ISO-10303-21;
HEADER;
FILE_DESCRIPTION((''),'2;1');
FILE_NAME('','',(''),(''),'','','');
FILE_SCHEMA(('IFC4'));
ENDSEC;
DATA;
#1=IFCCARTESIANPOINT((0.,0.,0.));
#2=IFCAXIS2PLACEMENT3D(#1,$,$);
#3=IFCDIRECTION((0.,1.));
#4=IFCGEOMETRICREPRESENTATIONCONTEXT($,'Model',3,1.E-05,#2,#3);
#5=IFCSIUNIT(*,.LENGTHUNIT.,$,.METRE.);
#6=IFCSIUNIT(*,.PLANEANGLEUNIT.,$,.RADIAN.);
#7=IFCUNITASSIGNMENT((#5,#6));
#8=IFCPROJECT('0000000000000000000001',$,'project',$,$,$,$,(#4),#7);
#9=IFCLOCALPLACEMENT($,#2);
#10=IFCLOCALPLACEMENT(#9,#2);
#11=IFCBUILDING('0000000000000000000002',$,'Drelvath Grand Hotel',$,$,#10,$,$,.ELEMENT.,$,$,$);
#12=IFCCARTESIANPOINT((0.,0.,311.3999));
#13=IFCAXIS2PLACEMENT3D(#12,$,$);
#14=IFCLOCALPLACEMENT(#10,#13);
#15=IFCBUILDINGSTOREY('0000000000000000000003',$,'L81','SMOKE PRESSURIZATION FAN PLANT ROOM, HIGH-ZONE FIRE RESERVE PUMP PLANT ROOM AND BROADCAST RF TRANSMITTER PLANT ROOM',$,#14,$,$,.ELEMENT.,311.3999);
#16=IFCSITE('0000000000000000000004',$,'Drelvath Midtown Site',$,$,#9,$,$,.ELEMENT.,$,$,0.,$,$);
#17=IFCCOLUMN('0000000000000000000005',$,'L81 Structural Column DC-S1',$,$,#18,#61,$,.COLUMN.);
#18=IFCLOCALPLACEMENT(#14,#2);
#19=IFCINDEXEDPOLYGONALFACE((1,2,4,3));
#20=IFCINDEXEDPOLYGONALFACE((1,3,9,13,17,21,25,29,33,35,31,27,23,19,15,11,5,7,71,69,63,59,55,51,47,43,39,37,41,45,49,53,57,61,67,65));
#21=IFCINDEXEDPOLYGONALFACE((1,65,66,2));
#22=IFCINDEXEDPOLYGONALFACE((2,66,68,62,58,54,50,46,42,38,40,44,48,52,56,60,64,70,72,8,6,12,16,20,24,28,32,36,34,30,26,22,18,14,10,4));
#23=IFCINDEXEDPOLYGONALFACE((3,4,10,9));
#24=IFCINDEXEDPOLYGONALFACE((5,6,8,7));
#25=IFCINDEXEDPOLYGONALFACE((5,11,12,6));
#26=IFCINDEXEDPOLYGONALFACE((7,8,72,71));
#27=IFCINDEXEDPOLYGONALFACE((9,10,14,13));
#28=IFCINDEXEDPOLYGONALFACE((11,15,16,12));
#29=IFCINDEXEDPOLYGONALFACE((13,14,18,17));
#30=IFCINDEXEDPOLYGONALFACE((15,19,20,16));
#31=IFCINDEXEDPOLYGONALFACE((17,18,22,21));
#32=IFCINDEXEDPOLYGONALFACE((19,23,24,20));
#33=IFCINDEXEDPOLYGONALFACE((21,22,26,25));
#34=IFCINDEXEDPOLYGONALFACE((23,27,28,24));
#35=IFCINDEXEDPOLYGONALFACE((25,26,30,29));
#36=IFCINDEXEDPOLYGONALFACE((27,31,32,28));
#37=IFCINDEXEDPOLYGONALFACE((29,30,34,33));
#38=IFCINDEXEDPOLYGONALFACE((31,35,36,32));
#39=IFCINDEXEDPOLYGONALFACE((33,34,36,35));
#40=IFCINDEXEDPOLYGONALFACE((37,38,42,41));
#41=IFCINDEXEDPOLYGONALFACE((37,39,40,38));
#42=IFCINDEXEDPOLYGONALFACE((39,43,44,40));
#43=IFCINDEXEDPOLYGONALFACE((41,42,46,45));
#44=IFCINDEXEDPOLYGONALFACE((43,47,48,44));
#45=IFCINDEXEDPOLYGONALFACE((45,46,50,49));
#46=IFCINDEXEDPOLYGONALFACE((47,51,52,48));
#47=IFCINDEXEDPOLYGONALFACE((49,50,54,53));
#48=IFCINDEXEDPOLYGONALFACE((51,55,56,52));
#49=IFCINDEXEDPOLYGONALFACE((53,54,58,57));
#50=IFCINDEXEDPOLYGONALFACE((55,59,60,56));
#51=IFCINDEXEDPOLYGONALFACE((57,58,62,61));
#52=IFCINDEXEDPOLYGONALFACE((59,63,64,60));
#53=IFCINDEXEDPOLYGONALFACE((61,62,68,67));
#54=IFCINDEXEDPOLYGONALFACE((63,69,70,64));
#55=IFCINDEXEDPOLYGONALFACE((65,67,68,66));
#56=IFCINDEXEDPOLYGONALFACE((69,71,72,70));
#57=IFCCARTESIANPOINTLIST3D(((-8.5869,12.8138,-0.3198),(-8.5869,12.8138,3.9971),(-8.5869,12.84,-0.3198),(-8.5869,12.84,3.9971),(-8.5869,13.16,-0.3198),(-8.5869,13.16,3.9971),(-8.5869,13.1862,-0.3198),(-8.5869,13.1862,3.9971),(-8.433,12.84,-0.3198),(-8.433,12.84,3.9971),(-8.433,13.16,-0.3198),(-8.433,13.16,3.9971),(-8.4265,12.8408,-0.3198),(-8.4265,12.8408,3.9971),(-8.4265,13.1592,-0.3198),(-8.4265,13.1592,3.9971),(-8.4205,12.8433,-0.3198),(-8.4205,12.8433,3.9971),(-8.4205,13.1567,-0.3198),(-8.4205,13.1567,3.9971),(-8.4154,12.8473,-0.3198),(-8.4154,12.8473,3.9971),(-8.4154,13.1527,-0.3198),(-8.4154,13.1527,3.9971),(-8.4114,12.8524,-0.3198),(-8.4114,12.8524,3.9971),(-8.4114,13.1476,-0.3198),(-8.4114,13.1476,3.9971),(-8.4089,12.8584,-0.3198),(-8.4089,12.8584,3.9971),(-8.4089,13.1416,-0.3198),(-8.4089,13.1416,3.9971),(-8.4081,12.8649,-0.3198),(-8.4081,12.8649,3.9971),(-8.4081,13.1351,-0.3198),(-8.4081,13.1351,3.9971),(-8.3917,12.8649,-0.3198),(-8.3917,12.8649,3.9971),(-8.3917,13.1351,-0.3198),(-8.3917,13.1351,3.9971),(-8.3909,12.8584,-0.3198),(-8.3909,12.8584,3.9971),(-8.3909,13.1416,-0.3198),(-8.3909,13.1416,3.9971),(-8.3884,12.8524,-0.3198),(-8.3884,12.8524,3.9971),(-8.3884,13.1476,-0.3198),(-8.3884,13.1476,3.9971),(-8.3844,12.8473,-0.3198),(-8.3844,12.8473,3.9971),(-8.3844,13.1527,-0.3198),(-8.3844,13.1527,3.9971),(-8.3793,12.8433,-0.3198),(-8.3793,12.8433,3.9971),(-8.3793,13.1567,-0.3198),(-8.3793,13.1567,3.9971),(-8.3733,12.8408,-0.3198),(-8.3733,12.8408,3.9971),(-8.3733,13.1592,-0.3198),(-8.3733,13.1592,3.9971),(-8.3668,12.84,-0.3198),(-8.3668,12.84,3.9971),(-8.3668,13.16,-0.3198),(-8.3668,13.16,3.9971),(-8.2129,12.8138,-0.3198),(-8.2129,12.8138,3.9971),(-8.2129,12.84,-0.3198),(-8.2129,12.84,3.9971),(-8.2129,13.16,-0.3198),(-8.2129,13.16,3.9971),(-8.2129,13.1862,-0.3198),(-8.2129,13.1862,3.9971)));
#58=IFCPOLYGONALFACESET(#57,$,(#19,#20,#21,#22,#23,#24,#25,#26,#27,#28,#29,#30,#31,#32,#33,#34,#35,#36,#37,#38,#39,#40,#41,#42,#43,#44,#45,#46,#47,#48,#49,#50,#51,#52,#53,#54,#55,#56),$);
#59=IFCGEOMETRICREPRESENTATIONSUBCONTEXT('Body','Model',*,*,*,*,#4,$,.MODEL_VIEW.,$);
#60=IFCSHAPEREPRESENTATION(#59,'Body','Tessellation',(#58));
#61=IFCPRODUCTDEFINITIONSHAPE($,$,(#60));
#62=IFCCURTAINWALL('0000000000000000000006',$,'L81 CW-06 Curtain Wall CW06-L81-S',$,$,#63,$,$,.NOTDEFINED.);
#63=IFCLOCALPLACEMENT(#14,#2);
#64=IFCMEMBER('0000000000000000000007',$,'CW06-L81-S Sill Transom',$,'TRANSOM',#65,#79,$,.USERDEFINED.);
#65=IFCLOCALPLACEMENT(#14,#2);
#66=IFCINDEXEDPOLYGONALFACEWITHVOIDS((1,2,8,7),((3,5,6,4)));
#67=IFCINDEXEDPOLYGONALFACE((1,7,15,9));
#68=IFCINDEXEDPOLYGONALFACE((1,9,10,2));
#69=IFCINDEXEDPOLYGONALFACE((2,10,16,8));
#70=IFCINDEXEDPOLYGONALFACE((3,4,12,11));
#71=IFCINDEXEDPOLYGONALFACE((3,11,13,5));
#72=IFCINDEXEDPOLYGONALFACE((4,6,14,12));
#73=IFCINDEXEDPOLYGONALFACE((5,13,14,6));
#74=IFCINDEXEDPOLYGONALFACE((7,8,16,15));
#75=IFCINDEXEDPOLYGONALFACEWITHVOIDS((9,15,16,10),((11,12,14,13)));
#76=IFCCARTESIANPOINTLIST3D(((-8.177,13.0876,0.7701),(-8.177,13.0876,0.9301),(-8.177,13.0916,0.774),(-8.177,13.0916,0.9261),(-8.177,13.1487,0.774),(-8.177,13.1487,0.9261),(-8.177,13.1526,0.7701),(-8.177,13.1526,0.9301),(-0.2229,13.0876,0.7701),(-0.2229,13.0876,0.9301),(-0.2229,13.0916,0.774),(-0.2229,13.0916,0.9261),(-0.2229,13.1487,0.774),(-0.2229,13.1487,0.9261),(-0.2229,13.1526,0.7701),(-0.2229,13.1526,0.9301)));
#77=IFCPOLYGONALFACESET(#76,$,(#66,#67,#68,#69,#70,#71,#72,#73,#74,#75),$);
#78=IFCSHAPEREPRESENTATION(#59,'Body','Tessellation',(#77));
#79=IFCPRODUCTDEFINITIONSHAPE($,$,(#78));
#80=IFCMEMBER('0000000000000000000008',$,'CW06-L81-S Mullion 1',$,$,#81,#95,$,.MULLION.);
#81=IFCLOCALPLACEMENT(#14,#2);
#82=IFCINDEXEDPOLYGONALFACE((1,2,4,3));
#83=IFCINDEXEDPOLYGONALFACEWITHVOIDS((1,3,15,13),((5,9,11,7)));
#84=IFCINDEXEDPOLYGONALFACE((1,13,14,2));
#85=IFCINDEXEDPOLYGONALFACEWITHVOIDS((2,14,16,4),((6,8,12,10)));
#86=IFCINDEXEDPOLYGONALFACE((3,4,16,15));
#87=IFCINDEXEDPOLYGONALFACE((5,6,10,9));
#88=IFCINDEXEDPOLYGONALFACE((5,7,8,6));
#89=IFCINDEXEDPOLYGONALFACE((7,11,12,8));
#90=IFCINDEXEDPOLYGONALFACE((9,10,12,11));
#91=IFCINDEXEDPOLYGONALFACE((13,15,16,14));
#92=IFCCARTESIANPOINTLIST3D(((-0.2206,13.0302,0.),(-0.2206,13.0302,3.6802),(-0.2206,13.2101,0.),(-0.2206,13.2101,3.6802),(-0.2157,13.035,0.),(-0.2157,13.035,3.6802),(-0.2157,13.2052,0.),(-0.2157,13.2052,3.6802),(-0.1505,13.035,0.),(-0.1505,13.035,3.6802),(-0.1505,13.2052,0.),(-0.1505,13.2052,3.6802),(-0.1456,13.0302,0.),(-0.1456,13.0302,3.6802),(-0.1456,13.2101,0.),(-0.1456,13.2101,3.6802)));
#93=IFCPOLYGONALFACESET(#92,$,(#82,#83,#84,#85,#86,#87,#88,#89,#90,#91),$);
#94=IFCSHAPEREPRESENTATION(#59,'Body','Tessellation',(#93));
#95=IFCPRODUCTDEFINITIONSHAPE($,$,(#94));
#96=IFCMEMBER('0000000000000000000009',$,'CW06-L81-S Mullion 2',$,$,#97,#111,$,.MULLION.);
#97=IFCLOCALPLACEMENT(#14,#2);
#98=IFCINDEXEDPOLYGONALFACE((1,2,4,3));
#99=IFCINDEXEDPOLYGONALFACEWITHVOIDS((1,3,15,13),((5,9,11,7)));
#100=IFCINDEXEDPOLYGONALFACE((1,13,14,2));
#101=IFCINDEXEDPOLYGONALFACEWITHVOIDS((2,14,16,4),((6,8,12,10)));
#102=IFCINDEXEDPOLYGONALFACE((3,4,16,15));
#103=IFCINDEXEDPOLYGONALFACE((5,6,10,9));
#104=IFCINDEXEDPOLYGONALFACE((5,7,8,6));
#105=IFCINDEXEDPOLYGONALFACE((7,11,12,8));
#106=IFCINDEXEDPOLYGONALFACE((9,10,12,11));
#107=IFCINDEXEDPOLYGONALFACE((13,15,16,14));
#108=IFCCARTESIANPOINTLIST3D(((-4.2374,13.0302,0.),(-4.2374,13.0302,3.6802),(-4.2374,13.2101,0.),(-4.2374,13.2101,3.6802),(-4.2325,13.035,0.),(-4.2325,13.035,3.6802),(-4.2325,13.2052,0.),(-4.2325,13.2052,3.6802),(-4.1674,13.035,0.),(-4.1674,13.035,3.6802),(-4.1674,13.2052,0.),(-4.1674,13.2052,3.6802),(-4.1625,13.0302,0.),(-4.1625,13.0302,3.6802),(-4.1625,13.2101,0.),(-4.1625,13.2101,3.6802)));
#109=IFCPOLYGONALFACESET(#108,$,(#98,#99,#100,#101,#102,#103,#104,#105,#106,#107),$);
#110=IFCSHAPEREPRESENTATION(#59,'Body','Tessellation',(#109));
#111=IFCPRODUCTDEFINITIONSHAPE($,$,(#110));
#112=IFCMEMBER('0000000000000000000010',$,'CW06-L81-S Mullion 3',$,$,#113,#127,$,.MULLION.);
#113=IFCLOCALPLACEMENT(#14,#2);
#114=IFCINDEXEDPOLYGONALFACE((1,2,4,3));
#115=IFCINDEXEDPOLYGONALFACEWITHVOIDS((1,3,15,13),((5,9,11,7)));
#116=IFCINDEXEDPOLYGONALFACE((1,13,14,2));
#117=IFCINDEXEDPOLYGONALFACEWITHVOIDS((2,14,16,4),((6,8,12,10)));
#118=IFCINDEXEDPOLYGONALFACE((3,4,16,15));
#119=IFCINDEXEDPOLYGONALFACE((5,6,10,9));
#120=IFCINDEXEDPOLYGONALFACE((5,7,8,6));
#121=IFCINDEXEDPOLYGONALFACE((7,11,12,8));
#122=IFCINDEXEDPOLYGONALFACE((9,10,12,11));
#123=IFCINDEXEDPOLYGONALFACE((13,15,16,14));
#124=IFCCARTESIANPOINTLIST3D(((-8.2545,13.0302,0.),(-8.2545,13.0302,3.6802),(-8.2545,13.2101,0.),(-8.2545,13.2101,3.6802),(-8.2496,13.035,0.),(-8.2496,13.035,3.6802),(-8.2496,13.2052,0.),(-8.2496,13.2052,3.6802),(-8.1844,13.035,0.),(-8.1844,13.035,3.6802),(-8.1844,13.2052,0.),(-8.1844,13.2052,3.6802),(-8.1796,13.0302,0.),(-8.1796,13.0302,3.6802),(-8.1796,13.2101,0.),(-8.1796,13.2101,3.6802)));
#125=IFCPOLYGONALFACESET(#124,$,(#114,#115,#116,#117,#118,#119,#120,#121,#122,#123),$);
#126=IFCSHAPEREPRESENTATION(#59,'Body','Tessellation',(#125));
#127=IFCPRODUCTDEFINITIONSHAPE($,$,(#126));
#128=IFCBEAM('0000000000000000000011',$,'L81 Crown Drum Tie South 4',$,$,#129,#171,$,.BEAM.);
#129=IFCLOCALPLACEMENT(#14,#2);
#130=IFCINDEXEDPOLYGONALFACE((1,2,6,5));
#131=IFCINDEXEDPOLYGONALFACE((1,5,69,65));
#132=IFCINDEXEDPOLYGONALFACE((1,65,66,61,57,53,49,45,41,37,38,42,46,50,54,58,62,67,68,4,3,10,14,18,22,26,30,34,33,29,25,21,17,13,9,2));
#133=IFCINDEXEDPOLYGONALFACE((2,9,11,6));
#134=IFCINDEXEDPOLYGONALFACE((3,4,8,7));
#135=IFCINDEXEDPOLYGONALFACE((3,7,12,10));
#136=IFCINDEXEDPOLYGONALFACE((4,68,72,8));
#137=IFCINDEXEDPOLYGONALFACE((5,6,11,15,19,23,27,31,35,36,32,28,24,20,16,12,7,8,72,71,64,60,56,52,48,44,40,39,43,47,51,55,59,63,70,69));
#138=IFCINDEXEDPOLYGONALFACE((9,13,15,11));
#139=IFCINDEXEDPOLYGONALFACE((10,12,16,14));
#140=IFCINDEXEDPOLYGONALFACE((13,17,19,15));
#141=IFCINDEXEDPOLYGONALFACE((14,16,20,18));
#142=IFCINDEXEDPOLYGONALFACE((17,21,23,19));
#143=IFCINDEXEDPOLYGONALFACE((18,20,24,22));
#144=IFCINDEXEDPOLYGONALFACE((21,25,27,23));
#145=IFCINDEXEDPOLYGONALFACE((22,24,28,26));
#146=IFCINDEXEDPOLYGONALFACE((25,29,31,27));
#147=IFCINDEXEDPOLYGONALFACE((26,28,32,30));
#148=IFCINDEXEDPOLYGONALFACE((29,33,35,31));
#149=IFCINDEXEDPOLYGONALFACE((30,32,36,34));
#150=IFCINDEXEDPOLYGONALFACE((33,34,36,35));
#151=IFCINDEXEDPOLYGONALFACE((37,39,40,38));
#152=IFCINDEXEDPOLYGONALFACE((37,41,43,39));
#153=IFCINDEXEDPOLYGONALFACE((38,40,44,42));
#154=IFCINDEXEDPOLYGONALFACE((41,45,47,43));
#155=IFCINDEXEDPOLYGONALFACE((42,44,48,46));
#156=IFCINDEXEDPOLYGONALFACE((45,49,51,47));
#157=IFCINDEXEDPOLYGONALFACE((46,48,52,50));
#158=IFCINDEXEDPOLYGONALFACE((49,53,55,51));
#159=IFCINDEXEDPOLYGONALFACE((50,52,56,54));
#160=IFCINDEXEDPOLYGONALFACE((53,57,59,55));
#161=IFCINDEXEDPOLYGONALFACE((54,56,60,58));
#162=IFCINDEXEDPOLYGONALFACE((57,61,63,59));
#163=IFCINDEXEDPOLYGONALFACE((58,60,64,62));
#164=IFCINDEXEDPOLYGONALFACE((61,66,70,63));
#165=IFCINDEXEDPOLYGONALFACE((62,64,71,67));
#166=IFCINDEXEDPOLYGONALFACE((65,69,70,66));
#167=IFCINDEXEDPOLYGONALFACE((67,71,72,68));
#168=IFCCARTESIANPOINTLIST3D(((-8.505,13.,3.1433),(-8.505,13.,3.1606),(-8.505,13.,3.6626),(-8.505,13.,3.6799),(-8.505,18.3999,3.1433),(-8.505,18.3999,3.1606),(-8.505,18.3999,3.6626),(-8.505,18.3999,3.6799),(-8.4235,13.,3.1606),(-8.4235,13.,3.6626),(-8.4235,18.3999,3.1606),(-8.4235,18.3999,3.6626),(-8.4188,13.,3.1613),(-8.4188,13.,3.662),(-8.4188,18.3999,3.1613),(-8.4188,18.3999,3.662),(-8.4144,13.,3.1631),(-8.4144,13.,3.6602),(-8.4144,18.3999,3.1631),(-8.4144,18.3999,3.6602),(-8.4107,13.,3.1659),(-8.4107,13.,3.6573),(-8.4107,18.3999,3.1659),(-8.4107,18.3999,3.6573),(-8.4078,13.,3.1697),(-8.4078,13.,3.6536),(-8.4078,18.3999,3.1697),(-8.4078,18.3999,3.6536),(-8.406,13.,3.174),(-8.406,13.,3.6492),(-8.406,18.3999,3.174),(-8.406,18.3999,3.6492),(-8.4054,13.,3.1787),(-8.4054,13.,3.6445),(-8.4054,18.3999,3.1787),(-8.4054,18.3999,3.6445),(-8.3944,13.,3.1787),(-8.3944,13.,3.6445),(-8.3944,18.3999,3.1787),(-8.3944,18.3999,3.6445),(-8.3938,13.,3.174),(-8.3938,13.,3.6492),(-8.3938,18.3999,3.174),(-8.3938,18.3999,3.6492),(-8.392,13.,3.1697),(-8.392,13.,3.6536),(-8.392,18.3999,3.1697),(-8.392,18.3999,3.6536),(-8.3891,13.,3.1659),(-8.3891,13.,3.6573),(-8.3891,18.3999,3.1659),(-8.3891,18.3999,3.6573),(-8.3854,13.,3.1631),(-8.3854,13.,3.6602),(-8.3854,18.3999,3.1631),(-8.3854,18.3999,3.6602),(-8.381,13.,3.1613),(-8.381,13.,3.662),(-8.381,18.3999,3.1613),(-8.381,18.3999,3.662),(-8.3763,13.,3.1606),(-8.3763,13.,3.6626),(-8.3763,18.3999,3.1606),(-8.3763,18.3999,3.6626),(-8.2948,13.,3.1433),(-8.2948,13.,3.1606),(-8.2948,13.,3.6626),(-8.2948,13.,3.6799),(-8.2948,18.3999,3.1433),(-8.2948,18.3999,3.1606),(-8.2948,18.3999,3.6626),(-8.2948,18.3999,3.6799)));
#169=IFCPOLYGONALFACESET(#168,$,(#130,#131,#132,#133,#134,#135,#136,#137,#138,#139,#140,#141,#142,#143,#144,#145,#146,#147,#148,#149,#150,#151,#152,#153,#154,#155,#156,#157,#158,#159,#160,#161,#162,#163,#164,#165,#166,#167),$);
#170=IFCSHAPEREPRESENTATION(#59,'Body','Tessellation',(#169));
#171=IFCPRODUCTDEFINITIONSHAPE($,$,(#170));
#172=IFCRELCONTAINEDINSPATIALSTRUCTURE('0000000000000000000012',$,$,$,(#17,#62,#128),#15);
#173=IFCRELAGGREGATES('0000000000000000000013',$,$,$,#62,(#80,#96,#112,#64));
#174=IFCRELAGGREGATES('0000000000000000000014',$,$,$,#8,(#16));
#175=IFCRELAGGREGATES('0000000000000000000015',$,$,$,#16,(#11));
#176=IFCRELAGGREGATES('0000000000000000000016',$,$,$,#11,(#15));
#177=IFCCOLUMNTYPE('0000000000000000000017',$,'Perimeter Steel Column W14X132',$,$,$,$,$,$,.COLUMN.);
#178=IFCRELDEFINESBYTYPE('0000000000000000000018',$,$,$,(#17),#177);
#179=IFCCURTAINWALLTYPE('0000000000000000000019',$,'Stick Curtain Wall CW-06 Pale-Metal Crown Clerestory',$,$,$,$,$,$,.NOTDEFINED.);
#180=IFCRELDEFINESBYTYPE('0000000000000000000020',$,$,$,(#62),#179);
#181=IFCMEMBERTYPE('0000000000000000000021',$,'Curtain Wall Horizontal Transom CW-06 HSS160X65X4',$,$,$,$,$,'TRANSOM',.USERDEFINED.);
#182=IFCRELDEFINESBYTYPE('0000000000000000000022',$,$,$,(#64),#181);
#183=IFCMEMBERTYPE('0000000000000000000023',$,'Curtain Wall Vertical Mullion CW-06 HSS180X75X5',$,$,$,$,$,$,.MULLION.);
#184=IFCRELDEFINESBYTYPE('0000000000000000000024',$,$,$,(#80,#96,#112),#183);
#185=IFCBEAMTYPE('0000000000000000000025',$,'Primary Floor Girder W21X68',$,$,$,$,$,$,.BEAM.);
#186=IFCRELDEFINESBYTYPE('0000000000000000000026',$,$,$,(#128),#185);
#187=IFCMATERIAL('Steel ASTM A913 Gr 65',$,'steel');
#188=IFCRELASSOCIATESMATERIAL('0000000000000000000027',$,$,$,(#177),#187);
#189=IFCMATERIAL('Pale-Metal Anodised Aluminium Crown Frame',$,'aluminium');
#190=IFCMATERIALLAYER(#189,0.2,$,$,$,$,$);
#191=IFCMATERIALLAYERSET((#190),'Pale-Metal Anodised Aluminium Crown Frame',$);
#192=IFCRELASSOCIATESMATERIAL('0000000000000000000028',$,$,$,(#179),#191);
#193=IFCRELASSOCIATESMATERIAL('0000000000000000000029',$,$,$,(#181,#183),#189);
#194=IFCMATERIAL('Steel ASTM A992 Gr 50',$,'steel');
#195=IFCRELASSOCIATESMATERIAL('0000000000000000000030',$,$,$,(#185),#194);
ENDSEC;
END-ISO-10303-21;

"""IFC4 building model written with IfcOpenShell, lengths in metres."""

from ifc_helpers import new_model, si_unit, direction, frame, origin, origin_2d, place, context, subcontext, project, spatial, hollow_rectangle, i_section, extrude, material, layer, layer_set, material_profile, profile_set, type_object, element, aggregate, save


model = new_model("IFC4")

# Units and contexts
model_context = context("Model", 3, precision=1e-05, world=origin(), true_north=direction((0.0, 1.0)))
body_context = subcontext(model_context, "Body", "Model", "MODEL_VIEW")
ifc_project = project(units=[si_unit("LENGTHUNIT", "METRE"), si_unit("PLANEANGLEUNIT", "RADIAN")], contexts=[model_context])

# Site, building, storey
site_placement = place(None, origin())
site = spatial("IfcSite", under=ifc_project, at=site_placement, Name="Drelvath Midtown Site", CompositionType="ELEMENT", RefElevation=0.0)
building_placement = place(site_placement, origin())
building = spatial("IfcBuilding", under=site, at=building_placement, Name="Drelvath Grand Hotel", CompositionType="ELEMENT")
storey_placement = place(building_placement, frame((0.0, 0.0, 311.3999)))
storey = spatial("IfcBuildingStorey", under=building, at=storey_placement, Name="L81", Description="SMOKE PRESSURIZATION FAN PLANT ROOM, HIGH-ZONE FIRE RESERVE PUMP PLANT ROOM AND BROADCAST RF TRANSMITTER PLANT ROOM", CompositionType="ELEMENT", Elevation=311.3999)

# Column
ifc_material_1 = material(Name="Steel ASTM A913 Gr 65", Category="steel")
ifc_material_profile_1 = material_profile(ifc_material_1, i_section(OverallWidth=0.374, OverallDepth=0.3723, WebThickness=0.0164, FlangeThickness=0.0261, FilletRadius=0.0249, at=origin_2d()), Name="W14X132")
ifc_profile_set_1 = profile_set([ifc_material_profile_1], Name="Steel ASTM A913 Gr 65")
column_type = type_object("IfcColumnType", Name="Perimeter Steel Column W14X132", PredefinedType="COLUMN", material=ifc_profile_set_1)
column_placement = place(storey_placement, frame((-8.3999, 13.0, -0.3198), z_axis=(0.0, 0.0, 1.0), x_axis=(1.0, 0.0, 0.0)))
element("IfcColumn", 1, at=column_placement, inside=storey, type_object=column_type, Name="L81 Structural Column DC-S1", PredefinedType="COLUMN", context=body_context, shape_type="SweptSolid", body=[
    extrude(i_section(OverallWidth=0.374, OverallDepth=0.3723, WebThickness=0.0164, FlangeThickness=0.0261, FilletRadius=0.0249, at=origin_2d()), origin(), (0.0, 0.0, 1.0), 4.3169),
])

# Curtain wall, members
ifc_material_2 = material(Name="Pale-Metal Anodised Aluminium Crown Frame", Category="aluminium")
ifc_layer_1 = layer(ifc_material_2, 0.2)
ifc_layer_set_1 = layer_set([ifc_layer_1], Name="Pale-Metal Anodised Aluminium Crown Frame")
curtain_wall_type = type_object("IfcCurtainWallType", Name="Stick Curtain Wall CW-06 Pale-Metal Crown Clerestory", PredefinedType="NOTDEFINED", material=ifc_layer_set_1)
curtain_wall_placement = place(storey_placement, origin())
curtain_wall = element("IfcCurtainWall", 2, at=curtain_wall_placement, inside=storey, type_object=curtain_wall_type, Name="L81 CW-06 Curtain Wall CW06-L81-S", PredefinedType="NOTDEFINED")
ifc_material_profile_2 = material_profile(ifc_material_2, hollow_rectangle(XDim=0.0649, YDim=0.1599, WallThickness=0.0039, at=origin_2d()), Name="HSS160X65X4")
ifc_profile_set_2 = profile_set([ifc_material_profile_2], Name="Pale-Metal Anodised Aluminium Crown Frame")
member_type_1 = type_object("IfcMemberType", Name="Curtain Wall Horizontal Transom CW-06 HSS160X65X4", ElementType="TRANSOM", PredefinedType="USERDEFINED", material=ifc_profile_set_2)
member_1_placement = place(storey_placement, frame((-0.2229, 13.1201, 0.8501), z_axis=(-1.0, 0.0, 0.0), x_axis=(0.0, -1.0, 0.0)))
member_1 = element("IfcMember", 3, at=member_1_placement, type_object=member_type_1, Name="CW06-L81-S Sill Transom", ObjectType="TRANSOM", PredefinedType="USERDEFINED", context=body_context, shape_type="SweptSolid", body=[
    extrude(hollow_rectangle(XDim=0.0649, YDim=0.1599, WallThickness=0.0039, at=origin_2d()), origin(), (0.0, 0.0, 1.0), 7.9541),
])
ifc_material_profile_3 = material_profile(ifc_material_2, hollow_rectangle(XDim=0.075, YDim=0.1799, WallThickness=0.0049, at=origin_2d()), Name="HSS180X75X5")
ifc_profile_set_3 = profile_set([ifc_material_profile_3], Name="Pale-Metal Anodised Aluminium Crown Frame")
member_type_2 = type_object("IfcMemberType", Name="Curtain Wall Vertical Mullion CW-06 HSS180X75X5", PredefinedType="MULLION", material=ifc_profile_set_3)
member_2_placement = place(storey_placement, frame((-0.1831, 13.1201, 0.0), z_axis=(0.0, 0.0, 1.0), x_axis=(1.0, 0.0, 0.0)))
member_2 = element("IfcMember", 4, at=member_2_placement, type_object=member_type_2, Name="CW06-L81-S Mullion 1", PredefinedType="MULLION", context=body_context, shape_type="SweptSolid", body=[
    extrude(hollow_rectangle(XDim=0.075, YDim=0.1799, WallThickness=0.0049, at=origin_2d()), origin(), (0.0, 0.0, 1.0), 3.6802),
])
member_3_placement = place(storey_placement, frame((-4.2, 13.1201, 0.0), z_axis=(0.0, 0.0, 1.0), x_axis=(1.0, 0.0, 0.0)))
member_3 = element("IfcMember", 5, at=member_3_placement, type_object=member_type_2, Name="CW06-L81-S Mullion 2", PredefinedType="MULLION", context=body_context, shape_type="SweptSolid", body=[
    extrude(hollow_rectangle(XDim=0.075, YDim=0.1799, WallThickness=0.0049, at=origin_2d()), origin(), (0.0, 0.0, 1.0), 3.6802),
])
member_4_placement = place(storey_placement, frame((-8.217, 13.1201, 0.0), z_axis=(0.0, 0.0, 1.0), x_axis=(1.0, 0.0, 0.0)))
member_4 = element("IfcMember", 6, at=member_4_placement, type_object=member_type_2, Name="CW06-L81-S Mullion 3", PredefinedType="MULLION", context=body_context, shape_type="SweptSolid", body=[
    extrude(hollow_rectangle(XDim=0.075, YDim=0.1799, WallThickness=0.0049, at=origin_2d()), origin(), (0.0, 0.0, 1.0), 3.6802),
])

# Beam
ifc_material_3 = material(Name="Steel ASTM A992 Gr 50", Category="steel")
ifc_material_profile_4 = material_profile(ifc_material_3, i_section(OverallWidth=0.2102, OverallDepth=0.5366, WebThickness=0.011, FlangeThickness=0.0173, FilletRadius=0.0181, at=origin_2d()), Name="W21X68")
ifc_profile_set_4 = profile_set([ifc_material_profile_4], Name="Steel ASTM A992 Gr 50")
beam_type_1 = type_object("IfcBeamType", Name="Primary Floor Girder W21X68", PredefinedType="BEAM", material=ifc_profile_set_4)
beam_1_placement = place(storey_placement, frame((-8.3999, 13.0, 3.4116), z_axis=(0.0, 1.0, 0.0), x_axis=(-1.0, 0.0, 0.0)))
element("IfcBeam", 7, at=beam_1_placement, inside=storey, type_object=beam_type_1, Name="L81 Crown Drum Tie South 4", PredefinedType="BEAM", context=body_context, shape_type="SweptSolid", body=[
    extrude(i_section(OverallWidth=0.2102, OverallDepth=0.5366, WebThickness=0.011, FlangeThickness=0.0173, FilletRadius=0.0181, at=origin_2d()), origin(), (0.0, 0.0, 1.0), 5.3999),
])

aggregate(curtain_wall, [member_2, member_3, member_4, member_1])

save(model, "model.ifc")
